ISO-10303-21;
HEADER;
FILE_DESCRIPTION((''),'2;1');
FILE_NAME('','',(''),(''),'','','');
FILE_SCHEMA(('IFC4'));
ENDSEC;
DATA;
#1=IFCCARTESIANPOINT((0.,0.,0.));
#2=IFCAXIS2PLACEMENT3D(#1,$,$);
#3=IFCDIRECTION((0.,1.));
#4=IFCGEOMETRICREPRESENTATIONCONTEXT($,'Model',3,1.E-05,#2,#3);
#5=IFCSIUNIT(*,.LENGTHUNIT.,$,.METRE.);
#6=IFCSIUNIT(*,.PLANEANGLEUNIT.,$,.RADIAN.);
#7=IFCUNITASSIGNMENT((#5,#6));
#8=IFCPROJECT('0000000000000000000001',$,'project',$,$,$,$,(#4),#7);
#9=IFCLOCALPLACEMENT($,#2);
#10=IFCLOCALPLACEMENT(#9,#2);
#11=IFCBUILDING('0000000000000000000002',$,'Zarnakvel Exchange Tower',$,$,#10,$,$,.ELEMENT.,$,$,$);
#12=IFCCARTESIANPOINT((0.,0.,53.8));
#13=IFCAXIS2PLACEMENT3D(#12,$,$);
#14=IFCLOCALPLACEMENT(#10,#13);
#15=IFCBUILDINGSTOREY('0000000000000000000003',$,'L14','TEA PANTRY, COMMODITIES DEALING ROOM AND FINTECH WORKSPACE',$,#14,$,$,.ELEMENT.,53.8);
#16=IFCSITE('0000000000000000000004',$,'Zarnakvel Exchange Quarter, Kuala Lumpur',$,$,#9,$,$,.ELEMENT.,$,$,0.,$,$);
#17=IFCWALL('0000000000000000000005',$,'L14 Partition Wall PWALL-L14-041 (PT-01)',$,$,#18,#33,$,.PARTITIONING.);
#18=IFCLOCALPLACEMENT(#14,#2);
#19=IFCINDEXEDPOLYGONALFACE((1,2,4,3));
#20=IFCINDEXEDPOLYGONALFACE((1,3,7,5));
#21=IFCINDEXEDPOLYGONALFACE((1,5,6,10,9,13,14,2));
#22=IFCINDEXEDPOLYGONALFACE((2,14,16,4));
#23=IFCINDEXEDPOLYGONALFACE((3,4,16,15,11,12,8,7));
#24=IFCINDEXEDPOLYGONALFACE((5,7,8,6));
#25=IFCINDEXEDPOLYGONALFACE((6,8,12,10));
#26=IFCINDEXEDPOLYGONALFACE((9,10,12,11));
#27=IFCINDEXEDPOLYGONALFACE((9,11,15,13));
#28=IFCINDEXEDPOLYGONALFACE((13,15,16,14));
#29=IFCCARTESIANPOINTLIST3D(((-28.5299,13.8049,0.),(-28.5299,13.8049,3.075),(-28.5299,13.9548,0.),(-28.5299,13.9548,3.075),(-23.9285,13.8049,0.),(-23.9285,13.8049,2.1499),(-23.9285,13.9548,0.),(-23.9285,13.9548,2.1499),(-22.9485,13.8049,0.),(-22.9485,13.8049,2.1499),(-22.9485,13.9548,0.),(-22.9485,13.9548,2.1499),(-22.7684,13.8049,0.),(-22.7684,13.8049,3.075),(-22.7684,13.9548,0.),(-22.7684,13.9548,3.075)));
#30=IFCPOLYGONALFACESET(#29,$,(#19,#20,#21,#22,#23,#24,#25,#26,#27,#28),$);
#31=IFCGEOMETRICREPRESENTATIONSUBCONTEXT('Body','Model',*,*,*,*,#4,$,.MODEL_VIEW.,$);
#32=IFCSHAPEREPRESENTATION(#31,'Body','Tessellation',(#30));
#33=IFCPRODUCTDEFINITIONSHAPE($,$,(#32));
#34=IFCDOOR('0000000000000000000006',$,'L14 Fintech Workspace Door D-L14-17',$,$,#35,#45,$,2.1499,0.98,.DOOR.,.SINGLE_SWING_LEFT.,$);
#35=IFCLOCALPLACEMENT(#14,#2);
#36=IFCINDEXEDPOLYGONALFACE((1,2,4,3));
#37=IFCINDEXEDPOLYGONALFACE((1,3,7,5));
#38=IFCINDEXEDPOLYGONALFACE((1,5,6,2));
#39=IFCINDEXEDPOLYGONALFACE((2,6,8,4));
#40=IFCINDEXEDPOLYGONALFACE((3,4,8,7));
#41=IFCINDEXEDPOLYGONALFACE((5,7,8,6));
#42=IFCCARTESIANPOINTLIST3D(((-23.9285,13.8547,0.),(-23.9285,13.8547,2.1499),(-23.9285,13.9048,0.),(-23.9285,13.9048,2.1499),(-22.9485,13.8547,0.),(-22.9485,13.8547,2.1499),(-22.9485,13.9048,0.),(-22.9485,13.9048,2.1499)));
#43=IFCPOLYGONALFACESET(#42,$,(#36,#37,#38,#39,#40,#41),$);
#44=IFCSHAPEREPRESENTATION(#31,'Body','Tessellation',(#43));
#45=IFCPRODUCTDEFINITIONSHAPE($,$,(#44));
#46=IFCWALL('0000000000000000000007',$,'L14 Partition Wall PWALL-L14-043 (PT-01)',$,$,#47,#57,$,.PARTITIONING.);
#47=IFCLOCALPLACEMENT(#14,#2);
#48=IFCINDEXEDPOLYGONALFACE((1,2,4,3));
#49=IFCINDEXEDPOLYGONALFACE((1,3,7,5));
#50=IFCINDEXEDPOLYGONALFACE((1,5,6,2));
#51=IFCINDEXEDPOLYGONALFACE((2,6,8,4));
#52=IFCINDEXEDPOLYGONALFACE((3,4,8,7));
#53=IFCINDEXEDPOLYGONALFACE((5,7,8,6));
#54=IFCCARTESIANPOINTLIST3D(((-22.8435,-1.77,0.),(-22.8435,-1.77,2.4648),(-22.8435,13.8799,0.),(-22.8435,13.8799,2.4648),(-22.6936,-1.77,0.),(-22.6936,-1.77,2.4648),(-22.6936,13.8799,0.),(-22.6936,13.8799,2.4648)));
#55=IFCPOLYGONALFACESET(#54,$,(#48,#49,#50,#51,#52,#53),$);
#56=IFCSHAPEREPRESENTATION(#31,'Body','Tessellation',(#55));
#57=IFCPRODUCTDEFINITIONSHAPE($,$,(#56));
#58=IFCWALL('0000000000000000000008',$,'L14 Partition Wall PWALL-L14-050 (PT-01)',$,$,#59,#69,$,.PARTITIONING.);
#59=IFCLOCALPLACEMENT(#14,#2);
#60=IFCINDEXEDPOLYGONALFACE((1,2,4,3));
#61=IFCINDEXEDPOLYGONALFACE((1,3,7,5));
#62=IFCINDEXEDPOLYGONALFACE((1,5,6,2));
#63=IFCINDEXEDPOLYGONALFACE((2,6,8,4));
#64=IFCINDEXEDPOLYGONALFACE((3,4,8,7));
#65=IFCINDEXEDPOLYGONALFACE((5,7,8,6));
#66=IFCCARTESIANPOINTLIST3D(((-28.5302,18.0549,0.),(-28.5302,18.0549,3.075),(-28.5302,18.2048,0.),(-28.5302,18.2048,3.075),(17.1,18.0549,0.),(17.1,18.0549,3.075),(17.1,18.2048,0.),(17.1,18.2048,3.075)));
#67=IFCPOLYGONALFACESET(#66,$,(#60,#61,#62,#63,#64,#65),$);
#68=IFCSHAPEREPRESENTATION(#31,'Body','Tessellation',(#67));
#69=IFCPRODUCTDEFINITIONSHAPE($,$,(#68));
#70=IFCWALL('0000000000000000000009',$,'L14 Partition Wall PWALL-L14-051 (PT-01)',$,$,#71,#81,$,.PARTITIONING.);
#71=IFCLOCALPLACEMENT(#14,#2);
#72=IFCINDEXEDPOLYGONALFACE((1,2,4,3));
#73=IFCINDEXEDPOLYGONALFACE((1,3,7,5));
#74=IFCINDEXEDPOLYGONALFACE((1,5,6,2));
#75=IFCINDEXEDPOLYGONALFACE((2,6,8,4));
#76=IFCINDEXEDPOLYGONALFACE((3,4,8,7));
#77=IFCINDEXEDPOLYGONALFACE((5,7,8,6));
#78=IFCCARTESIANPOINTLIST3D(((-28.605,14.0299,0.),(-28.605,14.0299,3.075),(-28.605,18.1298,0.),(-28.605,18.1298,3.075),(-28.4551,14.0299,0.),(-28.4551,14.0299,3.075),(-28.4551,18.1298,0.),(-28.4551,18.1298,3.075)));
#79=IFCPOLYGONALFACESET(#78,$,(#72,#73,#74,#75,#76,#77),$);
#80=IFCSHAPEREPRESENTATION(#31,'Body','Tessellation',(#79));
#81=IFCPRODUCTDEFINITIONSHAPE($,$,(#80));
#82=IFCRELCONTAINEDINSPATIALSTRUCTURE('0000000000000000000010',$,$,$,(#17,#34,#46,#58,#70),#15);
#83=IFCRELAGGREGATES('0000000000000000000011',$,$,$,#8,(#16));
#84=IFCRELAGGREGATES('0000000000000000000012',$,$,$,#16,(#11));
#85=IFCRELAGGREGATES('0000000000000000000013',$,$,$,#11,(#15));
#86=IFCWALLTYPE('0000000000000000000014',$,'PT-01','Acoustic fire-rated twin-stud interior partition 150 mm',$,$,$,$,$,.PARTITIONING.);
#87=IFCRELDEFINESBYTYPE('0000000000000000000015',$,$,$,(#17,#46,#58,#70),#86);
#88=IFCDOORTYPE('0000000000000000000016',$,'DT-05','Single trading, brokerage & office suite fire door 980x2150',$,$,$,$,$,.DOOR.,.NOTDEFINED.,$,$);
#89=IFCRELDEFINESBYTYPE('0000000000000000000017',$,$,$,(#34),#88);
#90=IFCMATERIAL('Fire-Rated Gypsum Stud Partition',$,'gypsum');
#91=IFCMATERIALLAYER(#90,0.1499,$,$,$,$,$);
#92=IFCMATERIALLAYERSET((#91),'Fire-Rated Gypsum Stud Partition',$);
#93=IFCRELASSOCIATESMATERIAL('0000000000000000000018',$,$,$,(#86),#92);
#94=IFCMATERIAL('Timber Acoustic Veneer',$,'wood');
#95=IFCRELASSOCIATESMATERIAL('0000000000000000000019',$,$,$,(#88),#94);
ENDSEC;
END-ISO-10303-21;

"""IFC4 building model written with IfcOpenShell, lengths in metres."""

from ifc_helpers import new_model, si_unit, direction, frame, frame_2d, origin, place, context, subcontext, project, spatial, rectangle, extrude, source, transform, mapped, material, layer, layer_set, type_object, element, fill, save


model = new_model("IFC4")

# Units and contexts
model_context = context("Model", 3, precision=1e-05, world=origin(), true_north=direction((0.0, 1.0)))
body_context = subcontext(model_context, "Body", "Model", "MODEL_VIEW")
ifc_project = project(units=[si_unit("LENGTHUNIT", "METRE"), si_unit("PLANEANGLEUNIT", "RADIAN")], contexts=[model_context])

# Site, building, storey
site_placement = place(None, origin())
site = spatial("IfcSite", under=ifc_project, at=site_placement, Name="Zarnakvel Exchange Quarter, Kuala Lumpur", CompositionType="ELEMENT", RefElevation=0.0)
building_placement = place(site_placement, origin())
building = spatial("IfcBuilding", under=site, at=building_placement, Name="Zarnakvel Exchange Tower", CompositionType="ELEMENT")
storey_placement = place(building_placement, frame((0.0, 0.0, 53.8)))
storey = spatial("IfcBuildingStorey", under=building, at=storey_placement, Name="L14", Description="TEA PANTRY, COMMODITIES DEALING ROOM AND FINTECH WORKSPACE", CompositionType="ELEMENT", Elevation=53.8)

# Wall, opening, door
ifc_material_1 = material(Name="Fire-Rated Gypsum Stud Partition", Category="gypsum")
ifc_layer_1 = layer(ifc_material_1, 0.1499)
ifc_layer_set_1 = layer_set([ifc_layer_1], Name="Fire-Rated Gypsum Stud Partition")
wall_type_1 = type_object("IfcWallType", Name="PT-01", Description="Acoustic fire-rated twin-stud interior partition 150 mm", PredefinedType="PARTITIONING", material=ifc_layer_set_1)
wall_1_placement = place(storey_placement, frame((-28.53, 13.8799, 0.0), z_axis=(0.0, 0.0, 1.0), x_axis=(1.0, 0.0, 0.0)))
wall_1 = element("IfcWall", 1, at=wall_1_placement, inside=storey, type_object=wall_type_1, Name="L14 Partition Wall PWALL-L14-041 (PT-01)", PredefinedType="PARTITIONING", context=body_context, shape_type="SweptSolid", body=[
    extrude(rectangle(XDim=5.7615, YDim=0.1499, at=frame_2d((2.8809, 0.0))), origin(), (0.0, 0.0, 1.0), 3.075),
])
opening_placement = place(wall_1_placement, frame((4.6016, 0.0, 0.0)))
opening = element("IfcOpeningElement", 2, at=opening_placement, cuts=wall_1, PredefinedType="OPENING", context=body_context, shape_type="SweptSolid", body=[
    extrude(rectangle(XDim=0.98, YDim=2.1499, at=frame_2d((0.49, 1.075))), frame((0.0, 0.085, 0.0), z_axis=(0.0, -1.0, 0.0), x_axis=(1.0, 0.0, 0.0)), (0.0, 0.0, 1.0), 0.1699),
])
ifc_material_2 = material(Name="Timber Acoustic Veneer", Category="wood")
door_type = type_object("IfcDoorType", Name="DT-05", Description="Single trading, brokerage & office suite fire door 980x2150", OperationType="NOTDEFINED", PredefinedType="DOOR", material=ifc_material_2)
shared_shape_1 = source(origin(), body_context, "Body", "SweptSolid", [
    extrude(rectangle(XDim=0.98, YDim=2.1499, at=frame_2d((0.49, 1.075))), frame((0.0, 0.0249, 0.0), z_axis=(0.0, -1.0, 0.0), x_axis=(1.0, 0.0, 0.0)), (0.0, 0.0, 1.0), 0.05),
])
door_placement = place(opening_placement, origin())
door = element("IfcDoor", 3, at=door_placement, inside=storey, type_object=door_type, Name="L14 Fintech Workspace Door D-L14-17", OperationType="SINGLE_SWING_LEFT", OverallHeight=2.1499, OverallWidth=0.98, PredefinedType="DOOR", context=body_context, shape_type="MappedRepresentation", body=[
    mapped(shared_shape_1, transform((0.0, 0.0, 0.0), x_axis=(1.0, 0.0, 0.0), y_axis=(0.0, 1.0, 0.0), z_axis=(0.0, 0.0, 1.0), scale=1.0)),
])
fill(opening, door)

# Walls
wall_2_placement = place(storey_placement, frame((-22.7686, 13.8799, 0.0), z_axis=(0.0, 0.0, 1.0), x_axis=(0.0, -1.0, 0.0)))
element("IfcWall", 4, at=wall_2_placement, inside=storey, type_object=wall_type_1, Name="L14 Partition Wall PWALL-L14-043 (PT-01)", PredefinedType="PARTITIONING", context=body_context, shape_type="SweptSolid", body=[
    extrude(rectangle(XDim=15.6499, YDim=0.1499, at=frame_2d((7.825, 0.0))), origin(), (0.0, 0.0, 1.0), 2.4648),
])
wall_3_placement = place(storey_placement, frame((-28.53, 18.1299, 0.0), z_axis=(0.0, 0.0, 1.0), x_axis=(1.0, 0.0, 0.0)))
element("IfcWall", 5, at=wall_3_placement, inside=storey, type_object=wall_type_1, Name="L14 Partition Wall PWALL-L14-050 (PT-01)", PredefinedType="PARTITIONING", context=body_context, shape_type="SweptSolid", body=[
    extrude(rectangle(XDim=45.6301, YDim=0.1499, at=frame_2d((22.8149, 0.0))), origin(), (0.0, 0.0, 1.0), 3.075),
])
wall_4_placement = place(storey_placement, frame((-28.53, 14.03, 0.0), z_axis=(0.0, 0.0, 1.0), x_axis=(0.0, 1.0, 0.0)))
element("IfcWall", 6, at=wall_4_placement, inside=storey, type_object=wall_type_1, Name="L14 Partition Wall PWALL-L14-051 (PT-01)", PredefinedType="PARTITIONING", context=body_context, shape_type="SweptSolid", body=[
    extrude(rectangle(XDim=4.0999, YDim=0.1499, at=frame_2d((2.0498, 0.0))), origin(), (0.0, 0.0, 1.0), 3.075),
])

save(model, "model.ifc")
